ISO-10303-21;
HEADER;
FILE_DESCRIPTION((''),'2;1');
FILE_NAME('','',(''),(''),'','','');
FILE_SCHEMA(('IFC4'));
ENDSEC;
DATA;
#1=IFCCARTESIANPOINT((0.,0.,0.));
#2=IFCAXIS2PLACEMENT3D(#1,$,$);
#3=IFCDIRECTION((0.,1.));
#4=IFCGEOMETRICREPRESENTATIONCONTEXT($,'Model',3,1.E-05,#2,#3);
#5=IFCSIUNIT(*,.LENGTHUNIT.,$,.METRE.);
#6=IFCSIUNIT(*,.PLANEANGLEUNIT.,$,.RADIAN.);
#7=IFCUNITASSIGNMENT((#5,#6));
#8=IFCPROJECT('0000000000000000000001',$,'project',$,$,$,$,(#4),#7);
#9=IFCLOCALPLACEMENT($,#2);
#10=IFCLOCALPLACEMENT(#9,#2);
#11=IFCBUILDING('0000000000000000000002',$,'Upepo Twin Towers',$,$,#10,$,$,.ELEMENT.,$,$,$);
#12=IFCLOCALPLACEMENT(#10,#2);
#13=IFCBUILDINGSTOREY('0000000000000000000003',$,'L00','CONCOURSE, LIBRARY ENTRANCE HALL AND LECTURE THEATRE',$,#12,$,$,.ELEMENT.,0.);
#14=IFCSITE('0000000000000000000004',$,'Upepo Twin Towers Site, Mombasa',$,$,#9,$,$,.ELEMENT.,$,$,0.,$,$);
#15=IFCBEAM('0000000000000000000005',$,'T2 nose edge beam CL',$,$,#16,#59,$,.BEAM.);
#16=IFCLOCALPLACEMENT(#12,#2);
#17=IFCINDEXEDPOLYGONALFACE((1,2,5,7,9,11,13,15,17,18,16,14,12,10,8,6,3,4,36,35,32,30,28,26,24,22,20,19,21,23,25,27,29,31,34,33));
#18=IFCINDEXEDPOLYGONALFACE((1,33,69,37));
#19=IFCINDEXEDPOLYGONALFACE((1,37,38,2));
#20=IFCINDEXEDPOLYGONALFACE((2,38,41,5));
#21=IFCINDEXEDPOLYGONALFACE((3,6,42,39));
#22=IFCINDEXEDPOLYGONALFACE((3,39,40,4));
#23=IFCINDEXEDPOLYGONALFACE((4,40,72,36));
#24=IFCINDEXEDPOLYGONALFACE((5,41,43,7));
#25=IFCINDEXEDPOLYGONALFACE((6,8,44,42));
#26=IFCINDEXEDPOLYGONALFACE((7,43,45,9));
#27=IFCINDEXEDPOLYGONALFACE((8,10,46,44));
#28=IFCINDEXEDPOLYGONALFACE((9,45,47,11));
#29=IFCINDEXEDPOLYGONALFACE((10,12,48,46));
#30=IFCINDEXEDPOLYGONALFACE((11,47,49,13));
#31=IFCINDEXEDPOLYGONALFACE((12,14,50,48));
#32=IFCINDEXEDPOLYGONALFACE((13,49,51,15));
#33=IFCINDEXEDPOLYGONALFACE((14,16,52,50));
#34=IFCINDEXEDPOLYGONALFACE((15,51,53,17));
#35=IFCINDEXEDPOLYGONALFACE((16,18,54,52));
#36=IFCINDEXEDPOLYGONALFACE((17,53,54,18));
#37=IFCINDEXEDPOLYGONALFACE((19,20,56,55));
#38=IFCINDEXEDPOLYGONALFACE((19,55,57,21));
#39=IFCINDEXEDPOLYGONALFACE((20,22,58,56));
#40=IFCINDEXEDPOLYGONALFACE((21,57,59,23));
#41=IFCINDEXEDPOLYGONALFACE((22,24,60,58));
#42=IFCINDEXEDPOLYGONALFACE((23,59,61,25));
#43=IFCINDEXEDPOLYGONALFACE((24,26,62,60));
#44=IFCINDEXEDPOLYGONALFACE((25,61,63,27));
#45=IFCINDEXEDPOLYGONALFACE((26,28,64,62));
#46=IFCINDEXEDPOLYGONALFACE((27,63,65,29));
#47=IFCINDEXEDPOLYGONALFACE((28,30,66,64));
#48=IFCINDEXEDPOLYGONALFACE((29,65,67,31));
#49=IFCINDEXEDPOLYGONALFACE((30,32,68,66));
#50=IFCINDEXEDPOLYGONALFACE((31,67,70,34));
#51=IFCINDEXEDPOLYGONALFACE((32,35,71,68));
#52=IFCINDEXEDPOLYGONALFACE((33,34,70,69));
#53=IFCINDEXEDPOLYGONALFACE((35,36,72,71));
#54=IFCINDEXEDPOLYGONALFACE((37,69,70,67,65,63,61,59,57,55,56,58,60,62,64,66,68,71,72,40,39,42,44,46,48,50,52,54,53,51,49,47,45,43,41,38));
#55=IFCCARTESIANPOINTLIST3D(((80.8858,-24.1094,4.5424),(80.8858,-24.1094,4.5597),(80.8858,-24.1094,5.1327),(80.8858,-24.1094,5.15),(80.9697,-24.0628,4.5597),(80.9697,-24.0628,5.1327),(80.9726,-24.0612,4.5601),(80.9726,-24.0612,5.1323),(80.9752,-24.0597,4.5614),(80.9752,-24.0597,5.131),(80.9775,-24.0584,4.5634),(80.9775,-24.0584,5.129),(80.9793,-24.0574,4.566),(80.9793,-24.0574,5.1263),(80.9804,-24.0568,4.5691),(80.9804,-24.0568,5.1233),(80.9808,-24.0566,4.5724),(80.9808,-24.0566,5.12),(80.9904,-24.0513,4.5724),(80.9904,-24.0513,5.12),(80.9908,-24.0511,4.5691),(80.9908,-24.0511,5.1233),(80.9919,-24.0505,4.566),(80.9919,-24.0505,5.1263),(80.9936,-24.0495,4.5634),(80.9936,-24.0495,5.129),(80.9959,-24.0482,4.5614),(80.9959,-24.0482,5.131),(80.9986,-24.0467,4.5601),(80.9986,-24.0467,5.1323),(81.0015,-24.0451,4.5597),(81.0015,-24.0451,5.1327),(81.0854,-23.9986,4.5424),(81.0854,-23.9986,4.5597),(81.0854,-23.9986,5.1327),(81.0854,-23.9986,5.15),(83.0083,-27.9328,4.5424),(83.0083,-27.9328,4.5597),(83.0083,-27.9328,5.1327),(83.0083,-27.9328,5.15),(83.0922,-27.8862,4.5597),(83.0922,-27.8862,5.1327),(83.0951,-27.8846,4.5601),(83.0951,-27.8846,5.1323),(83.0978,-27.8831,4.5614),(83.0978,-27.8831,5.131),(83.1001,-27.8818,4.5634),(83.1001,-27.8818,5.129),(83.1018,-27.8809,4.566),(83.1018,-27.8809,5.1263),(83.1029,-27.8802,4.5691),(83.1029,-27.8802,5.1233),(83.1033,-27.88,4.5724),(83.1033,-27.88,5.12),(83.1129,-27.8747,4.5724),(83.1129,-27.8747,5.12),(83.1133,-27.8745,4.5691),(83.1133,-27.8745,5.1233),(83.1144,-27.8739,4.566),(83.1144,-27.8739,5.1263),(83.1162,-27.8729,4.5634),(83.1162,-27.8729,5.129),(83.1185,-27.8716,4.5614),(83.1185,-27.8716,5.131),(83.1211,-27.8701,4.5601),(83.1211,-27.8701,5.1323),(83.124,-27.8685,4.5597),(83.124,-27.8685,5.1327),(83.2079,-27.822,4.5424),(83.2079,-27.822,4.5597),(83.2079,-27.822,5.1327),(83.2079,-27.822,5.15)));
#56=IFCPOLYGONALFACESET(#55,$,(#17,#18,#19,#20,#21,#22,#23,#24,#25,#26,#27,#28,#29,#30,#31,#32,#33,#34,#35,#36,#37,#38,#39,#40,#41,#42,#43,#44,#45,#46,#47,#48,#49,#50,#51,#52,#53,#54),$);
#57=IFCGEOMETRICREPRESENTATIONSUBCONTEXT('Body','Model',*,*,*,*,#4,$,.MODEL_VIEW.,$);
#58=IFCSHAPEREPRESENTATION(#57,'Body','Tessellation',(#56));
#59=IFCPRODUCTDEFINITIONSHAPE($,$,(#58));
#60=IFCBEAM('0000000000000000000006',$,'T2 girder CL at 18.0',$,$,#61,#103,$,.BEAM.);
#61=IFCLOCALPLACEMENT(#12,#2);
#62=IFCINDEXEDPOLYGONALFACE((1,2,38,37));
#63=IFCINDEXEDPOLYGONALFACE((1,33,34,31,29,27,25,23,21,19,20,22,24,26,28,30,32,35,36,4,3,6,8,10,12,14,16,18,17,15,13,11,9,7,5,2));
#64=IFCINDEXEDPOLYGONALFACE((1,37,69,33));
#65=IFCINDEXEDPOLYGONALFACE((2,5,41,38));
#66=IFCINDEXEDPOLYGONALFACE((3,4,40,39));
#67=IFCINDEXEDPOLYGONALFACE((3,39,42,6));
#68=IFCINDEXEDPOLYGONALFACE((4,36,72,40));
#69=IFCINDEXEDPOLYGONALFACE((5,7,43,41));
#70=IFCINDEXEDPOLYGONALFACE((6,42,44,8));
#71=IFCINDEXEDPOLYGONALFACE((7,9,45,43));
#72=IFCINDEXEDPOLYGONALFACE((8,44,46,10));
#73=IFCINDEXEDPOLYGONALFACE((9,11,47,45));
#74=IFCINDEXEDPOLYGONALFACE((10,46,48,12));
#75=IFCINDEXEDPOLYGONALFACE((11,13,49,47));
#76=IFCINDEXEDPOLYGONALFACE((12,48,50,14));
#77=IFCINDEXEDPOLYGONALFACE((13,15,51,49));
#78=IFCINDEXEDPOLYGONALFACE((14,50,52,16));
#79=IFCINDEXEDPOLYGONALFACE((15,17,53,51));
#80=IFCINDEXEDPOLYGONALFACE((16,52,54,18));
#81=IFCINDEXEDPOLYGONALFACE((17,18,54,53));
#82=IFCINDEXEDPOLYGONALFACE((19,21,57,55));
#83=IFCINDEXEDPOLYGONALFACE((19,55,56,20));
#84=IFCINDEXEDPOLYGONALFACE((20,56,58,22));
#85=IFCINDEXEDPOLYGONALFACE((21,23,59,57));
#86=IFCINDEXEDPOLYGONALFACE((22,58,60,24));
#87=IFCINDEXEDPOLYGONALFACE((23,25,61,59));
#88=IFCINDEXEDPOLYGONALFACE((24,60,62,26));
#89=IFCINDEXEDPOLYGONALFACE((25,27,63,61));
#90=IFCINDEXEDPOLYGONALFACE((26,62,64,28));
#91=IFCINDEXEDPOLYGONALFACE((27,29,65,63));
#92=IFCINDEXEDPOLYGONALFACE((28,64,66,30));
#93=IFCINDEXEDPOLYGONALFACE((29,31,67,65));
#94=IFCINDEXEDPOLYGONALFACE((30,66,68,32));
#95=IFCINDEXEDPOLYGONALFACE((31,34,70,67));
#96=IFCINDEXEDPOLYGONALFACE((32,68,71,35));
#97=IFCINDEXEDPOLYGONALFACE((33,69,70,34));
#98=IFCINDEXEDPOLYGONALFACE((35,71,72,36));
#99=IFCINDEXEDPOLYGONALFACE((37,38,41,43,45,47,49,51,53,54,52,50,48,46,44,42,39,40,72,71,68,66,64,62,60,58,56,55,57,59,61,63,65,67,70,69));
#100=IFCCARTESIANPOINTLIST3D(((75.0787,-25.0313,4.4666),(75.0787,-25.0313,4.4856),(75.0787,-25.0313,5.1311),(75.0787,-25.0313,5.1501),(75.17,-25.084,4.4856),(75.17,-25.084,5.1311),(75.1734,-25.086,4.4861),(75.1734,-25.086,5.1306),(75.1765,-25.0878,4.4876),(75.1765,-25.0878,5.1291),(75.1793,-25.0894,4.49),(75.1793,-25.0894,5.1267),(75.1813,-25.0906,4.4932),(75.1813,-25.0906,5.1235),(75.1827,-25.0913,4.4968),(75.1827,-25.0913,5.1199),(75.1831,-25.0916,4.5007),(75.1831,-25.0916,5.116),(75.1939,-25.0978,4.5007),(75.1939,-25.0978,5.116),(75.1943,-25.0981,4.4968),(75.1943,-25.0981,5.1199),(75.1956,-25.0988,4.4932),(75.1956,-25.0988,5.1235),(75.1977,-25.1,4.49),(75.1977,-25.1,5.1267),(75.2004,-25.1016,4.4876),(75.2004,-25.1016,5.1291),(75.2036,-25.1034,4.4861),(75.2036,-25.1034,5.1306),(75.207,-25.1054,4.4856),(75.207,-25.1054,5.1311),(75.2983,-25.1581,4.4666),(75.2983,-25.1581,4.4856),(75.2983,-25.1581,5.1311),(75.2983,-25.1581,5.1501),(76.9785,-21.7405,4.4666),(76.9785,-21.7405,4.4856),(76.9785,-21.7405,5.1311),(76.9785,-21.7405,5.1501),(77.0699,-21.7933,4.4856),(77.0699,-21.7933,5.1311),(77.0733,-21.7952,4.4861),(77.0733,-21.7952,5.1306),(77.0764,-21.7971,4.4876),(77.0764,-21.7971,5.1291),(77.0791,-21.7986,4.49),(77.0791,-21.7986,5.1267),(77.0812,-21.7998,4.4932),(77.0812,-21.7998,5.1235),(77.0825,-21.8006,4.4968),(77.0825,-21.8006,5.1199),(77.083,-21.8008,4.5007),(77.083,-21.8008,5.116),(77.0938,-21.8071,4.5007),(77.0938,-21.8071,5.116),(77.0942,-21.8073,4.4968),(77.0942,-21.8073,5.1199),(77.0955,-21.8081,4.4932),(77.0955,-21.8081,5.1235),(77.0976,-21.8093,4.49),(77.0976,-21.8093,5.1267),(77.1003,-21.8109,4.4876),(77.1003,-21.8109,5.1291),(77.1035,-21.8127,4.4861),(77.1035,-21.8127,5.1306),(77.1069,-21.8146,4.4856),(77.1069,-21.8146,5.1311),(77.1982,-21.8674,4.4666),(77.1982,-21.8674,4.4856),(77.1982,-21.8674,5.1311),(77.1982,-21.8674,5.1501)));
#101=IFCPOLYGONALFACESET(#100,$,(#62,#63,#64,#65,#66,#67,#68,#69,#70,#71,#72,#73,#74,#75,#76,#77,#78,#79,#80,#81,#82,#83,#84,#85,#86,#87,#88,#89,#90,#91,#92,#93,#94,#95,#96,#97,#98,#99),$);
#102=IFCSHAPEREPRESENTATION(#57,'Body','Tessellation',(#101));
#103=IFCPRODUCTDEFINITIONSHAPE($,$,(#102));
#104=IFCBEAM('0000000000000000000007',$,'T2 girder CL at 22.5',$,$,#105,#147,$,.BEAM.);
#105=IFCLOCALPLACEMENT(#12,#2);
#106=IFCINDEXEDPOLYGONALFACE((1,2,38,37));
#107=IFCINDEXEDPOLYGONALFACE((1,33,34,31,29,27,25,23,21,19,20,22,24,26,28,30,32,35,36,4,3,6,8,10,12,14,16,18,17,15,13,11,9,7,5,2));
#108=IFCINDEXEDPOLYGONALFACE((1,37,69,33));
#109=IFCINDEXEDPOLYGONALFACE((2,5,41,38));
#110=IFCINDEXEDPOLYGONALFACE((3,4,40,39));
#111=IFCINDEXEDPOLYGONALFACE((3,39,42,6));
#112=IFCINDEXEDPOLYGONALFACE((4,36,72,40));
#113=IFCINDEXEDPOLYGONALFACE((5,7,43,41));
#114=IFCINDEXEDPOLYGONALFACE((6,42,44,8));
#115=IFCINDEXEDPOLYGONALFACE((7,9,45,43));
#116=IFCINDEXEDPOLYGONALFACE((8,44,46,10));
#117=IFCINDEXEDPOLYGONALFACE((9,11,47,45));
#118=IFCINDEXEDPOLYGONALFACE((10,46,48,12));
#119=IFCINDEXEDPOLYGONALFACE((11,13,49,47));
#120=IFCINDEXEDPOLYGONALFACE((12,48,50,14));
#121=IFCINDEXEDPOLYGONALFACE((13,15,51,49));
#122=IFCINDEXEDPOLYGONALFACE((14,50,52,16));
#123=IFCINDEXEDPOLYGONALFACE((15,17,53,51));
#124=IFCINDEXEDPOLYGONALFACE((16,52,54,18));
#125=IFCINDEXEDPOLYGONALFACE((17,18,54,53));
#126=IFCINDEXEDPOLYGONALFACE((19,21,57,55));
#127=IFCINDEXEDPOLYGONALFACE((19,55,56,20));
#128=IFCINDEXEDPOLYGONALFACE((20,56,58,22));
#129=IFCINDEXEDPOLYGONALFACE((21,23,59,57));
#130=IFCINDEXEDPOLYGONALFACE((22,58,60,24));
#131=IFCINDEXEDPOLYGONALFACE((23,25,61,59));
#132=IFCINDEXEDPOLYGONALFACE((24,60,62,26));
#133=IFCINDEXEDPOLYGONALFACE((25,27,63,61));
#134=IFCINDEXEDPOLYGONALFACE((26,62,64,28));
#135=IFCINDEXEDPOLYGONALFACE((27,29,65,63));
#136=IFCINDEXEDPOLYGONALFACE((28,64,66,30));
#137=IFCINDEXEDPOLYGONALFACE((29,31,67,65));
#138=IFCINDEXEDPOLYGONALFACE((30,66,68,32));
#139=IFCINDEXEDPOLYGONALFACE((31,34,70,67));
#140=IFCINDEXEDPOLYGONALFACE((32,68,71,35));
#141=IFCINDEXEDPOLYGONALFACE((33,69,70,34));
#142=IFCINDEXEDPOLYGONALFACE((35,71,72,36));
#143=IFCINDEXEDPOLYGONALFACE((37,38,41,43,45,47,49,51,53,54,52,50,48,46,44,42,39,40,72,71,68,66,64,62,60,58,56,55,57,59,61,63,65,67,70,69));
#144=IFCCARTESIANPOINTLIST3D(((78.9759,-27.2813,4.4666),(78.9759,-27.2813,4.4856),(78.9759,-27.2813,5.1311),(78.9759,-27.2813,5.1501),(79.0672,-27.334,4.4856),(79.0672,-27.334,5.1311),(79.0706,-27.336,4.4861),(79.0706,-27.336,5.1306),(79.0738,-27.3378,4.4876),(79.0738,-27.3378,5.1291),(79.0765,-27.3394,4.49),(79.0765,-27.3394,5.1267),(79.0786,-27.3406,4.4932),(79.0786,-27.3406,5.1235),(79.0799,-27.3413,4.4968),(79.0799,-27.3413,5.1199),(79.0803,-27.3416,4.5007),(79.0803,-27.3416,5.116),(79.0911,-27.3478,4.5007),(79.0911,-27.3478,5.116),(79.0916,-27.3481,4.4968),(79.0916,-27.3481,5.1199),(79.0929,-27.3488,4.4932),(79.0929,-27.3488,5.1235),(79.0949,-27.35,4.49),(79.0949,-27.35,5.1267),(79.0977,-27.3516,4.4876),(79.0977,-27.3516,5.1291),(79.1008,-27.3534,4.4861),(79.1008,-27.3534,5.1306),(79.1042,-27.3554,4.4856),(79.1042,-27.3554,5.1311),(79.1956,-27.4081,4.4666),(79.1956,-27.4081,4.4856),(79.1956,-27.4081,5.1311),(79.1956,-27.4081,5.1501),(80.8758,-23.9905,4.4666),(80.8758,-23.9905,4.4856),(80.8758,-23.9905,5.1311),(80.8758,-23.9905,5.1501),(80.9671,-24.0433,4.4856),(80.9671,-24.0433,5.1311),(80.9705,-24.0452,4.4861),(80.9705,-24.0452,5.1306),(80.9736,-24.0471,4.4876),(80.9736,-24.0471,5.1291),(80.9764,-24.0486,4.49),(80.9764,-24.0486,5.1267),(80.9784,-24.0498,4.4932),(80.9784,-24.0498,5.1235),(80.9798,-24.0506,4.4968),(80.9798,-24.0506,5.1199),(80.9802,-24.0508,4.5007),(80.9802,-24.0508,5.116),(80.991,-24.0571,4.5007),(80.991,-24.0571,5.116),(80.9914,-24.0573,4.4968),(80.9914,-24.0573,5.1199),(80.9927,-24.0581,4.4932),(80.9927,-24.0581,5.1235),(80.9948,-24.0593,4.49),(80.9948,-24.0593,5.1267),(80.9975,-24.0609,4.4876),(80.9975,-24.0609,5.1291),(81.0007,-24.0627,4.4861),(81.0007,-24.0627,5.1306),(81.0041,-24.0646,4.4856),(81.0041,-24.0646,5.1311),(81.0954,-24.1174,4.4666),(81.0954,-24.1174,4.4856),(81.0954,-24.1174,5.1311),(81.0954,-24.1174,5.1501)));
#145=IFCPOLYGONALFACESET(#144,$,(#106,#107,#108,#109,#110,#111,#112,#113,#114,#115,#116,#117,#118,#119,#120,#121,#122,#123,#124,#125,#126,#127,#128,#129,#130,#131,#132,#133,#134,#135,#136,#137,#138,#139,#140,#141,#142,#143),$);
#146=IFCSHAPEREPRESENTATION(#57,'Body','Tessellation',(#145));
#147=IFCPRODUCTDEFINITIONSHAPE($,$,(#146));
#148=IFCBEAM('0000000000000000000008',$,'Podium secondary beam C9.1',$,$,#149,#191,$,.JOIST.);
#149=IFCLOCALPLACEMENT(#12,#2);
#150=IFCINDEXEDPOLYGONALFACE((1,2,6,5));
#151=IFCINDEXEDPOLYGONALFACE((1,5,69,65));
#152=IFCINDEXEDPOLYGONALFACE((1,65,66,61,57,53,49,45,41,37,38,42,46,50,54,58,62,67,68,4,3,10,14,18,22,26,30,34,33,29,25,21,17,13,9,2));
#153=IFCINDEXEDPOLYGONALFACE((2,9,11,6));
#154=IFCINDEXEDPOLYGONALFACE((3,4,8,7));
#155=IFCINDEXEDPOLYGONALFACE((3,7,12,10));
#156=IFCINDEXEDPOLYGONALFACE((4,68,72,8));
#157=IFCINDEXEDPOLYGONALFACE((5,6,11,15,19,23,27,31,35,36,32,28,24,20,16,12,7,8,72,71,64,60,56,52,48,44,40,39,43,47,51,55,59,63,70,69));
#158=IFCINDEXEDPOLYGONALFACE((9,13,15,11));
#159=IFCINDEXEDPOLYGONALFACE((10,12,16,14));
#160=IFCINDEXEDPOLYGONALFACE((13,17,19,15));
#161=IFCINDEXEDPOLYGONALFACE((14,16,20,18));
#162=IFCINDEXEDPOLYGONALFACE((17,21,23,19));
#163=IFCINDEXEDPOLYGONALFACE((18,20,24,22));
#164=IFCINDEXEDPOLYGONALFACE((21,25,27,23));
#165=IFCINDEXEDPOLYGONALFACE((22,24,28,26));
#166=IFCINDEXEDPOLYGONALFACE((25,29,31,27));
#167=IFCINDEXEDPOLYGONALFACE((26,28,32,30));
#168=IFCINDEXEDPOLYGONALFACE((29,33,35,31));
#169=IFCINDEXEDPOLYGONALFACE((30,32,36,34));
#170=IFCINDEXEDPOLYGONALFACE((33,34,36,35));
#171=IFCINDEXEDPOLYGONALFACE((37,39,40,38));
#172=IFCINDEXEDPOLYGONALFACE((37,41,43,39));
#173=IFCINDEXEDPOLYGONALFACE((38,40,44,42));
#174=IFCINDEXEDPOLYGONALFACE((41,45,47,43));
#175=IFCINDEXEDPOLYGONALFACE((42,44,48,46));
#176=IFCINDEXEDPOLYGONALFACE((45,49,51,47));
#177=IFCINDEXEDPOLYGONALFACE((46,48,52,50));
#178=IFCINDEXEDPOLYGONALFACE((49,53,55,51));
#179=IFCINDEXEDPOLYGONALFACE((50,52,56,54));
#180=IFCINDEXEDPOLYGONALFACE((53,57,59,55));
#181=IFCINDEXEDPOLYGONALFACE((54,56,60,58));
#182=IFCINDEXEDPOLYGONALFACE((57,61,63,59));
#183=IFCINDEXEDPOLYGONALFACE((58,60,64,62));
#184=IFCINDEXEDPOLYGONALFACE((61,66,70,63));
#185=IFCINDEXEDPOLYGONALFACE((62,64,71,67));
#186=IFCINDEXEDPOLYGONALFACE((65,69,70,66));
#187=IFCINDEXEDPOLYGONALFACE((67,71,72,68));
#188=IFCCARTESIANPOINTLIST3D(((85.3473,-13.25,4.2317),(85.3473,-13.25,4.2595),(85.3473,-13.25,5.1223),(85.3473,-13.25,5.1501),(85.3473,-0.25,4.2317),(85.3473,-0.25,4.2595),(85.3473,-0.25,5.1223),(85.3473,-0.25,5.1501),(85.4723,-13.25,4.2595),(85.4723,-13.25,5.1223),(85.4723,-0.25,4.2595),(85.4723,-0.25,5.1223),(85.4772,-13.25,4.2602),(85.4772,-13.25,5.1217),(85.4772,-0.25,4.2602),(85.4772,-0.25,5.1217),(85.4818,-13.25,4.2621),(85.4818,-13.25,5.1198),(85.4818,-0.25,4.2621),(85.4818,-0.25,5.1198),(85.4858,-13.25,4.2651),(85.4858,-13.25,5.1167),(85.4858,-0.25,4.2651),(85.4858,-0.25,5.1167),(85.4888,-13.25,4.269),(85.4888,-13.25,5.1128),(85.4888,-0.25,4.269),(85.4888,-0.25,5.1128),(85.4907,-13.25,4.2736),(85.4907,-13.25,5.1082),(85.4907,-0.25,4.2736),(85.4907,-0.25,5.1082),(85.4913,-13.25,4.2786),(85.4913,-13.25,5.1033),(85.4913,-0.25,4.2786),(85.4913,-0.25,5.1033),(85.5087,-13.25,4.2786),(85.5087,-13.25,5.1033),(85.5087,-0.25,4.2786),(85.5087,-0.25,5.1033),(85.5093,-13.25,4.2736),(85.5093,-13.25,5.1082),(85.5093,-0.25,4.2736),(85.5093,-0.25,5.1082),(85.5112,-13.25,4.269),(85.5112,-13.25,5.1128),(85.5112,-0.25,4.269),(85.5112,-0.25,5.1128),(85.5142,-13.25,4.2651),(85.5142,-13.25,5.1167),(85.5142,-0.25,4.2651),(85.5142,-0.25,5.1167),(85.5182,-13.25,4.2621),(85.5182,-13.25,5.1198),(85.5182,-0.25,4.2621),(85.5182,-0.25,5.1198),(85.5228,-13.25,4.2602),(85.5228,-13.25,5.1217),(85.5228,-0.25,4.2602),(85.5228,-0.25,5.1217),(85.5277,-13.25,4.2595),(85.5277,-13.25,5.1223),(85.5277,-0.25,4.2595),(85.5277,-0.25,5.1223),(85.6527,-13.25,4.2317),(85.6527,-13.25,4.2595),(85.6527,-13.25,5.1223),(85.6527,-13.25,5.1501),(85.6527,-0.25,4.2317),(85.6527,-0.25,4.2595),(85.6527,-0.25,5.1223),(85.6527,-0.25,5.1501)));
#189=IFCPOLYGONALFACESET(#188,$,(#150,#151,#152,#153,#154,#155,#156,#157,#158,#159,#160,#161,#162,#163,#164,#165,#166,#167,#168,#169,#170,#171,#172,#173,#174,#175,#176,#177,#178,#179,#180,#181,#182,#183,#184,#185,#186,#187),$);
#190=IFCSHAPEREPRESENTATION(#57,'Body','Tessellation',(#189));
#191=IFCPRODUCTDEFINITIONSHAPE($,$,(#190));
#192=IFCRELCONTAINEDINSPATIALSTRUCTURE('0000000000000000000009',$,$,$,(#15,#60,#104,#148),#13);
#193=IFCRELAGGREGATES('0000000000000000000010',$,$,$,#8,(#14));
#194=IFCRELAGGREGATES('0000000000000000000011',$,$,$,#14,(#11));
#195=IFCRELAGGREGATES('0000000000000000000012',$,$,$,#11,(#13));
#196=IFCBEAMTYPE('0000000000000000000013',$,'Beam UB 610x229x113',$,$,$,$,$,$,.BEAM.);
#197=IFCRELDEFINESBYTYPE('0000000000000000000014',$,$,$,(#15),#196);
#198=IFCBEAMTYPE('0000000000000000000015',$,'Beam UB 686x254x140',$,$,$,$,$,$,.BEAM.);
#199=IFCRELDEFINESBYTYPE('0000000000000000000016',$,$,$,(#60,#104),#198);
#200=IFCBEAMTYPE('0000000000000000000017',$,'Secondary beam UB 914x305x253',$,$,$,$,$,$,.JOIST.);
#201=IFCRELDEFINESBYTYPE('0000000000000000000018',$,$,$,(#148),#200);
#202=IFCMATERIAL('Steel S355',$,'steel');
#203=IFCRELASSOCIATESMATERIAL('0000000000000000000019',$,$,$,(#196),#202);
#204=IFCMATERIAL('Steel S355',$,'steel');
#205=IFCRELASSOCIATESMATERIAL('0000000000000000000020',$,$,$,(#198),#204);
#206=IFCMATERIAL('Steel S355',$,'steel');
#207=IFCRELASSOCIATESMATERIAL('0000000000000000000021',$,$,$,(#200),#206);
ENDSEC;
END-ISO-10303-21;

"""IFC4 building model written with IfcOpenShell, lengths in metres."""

from ifc_helpers import new_model, si_unit, direction, frame, origin, origin_2d, place, context, subcontext, project, spatial, i_section, extrude, material, material_profile, profile_set, type_object, element, save


model = new_model("IFC4")

# Units and contexts
model_context = context("Model", 3, precision=1e-05, world=origin(), true_north=direction((0.0, 1.0)))
body_context = subcontext(model_context, "Body", "Model", "MODEL_VIEW")
ifc_project = project(units=[si_unit("LENGTHUNIT", "METRE"), si_unit("PLANEANGLEUNIT", "RADIAN")], contexts=[model_context])

# Site, building, storey
site_placement = place(None, origin())
site = spatial("IfcSite", under=ifc_project, at=site_placement, Name="Upepo Twin Towers Site, Mombasa", CompositionType="ELEMENT", RefElevation=0.0)
building_placement = place(site_placement, origin())
building = spatial("IfcBuilding", under=site, at=building_placement, Name="Upepo Twin Towers", CompositionType="ELEMENT")
storey_placement = place(building_placement, origin())
storey = spatial("IfcBuildingStorey", under=building, at=storey_placement, Name="L00", Description="CONCOURSE, LIBRARY ENTRANCE HALL AND LECTURE THEATRE", CompositionType="ELEMENT", Elevation=0.0)

# Beams
ifc_material_1 = material(Name="Steel S355", Category="steel")
ifc_material_profile_1 = material_profile(ifc_material_1, i_section(OverallWidth=0.2283, OverallDepth=0.6077, WebThickness=0.011, FlangeThickness=0.0173, FilletRadius=0.0127, at=origin_2d()), Name="UB 610x229x113")
ifc_profile_set_1 = profile_set([ifc_material_profile_1], Name="Steel S355")
beam_type_1 = type_object("IfcBeamType", Name="Beam UB 610x229x113", PredefinedType="BEAM", material=ifc_profile_set_1)
beam_1_placement = place(storey_placement, frame((80.9856, -24.054, 4.8462), z_axis=(0.485363, -0.874313, 0.0), x_axis=(0.874313, 0.485363, 0.0)))
element("IfcBeam", 1, at=beam_1_placement, inside=storey, type_object=beam_type_1, Name="T2 nose edge beam CL", PredefinedType="BEAM", context=body_context, shape_type="SweptSolid", body=[
    extrude(i_section(OverallWidth=0.2283, OverallDepth=0.6077, WebThickness=0.011, FlangeThickness=0.0173, FilletRadius=0.0127, at=origin_2d()), origin(), (0.0, 0.0, 1.0), 4.373),
])
ifc_material_2 = material(Name="Steel S355", Category="steel")
ifc_material_profile_2 = material_profile(ifc_material_2, i_section(OverallWidth=0.2537, OverallDepth=0.6836, WebThickness=0.0125, FlangeThickness=0.019, FilletRadius=0.0151, at=origin_2d()), Name="UB 686x254x140")
ifc_profile_set_2 = profile_set([ifc_material_profile_2], Name="Steel S355")
beam_type_2 = type_object("IfcBeamType", Name="Beam UB 686x254x140", PredefinedType="BEAM", material=ifc_profile_set_2)
for number, where, z_axis, x_axis, name in (
    (2, (77.0884, -21.804, 4.8083), (-0.499995, -0.866028, 0.0), (0.866028, -0.499995, 0.0), "T2 girder CL at 18.0"),
    (3, (80.9856, -24.054, 4.8083), (-0.499995, -0.866028, 0.0), (0.866028, -0.499995, 0.0), "T2 girder CL at 22.5"),
):
    element("IfcBeam", number, at=place(storey_placement, frame(where, z_axis=z_axis, x_axis=x_axis)), inside=storey, type_object=beam_type_2, Name=name, PredefinedType="BEAM", context=body_context, shape_type="SweptSolid", body=[
        extrude(i_section(OverallWidth=0.2537, OverallDepth=0.6836, WebThickness=0.0125, FlangeThickness=0.019, FilletRadius=0.0151, at=origin_2d()), origin(), (0.0, 0.0, 1.0), 3.7998),
    ])
ifc_material_3 = material(Name="Steel S355", Category="steel")
ifc_material_profile_3 = material_profile(ifc_material_3, i_section(OverallWidth=0.3054, OverallDepth=0.9185, WebThickness=0.0173, FlangeThickness=0.0278, FilletRadius=0.019, at=origin_2d()), Name="UB 914x305x253")
ifc_profile_set_3 = profile_set([ifc_material_profile_3], Name="Steel S355")
beam_type_3 = type_object("IfcBeamType", Name="Secondary beam UB 914x305x253", PredefinedType="JOIST", material=ifc_profile_set_3)
for number, where, z_axis, x_axis, name in (
    (4, (85.5, -13.25, 4.6909), (0.0, 1.0, 0.0), (-1.0, 0.0, 0.0), "Podium secondary beam C9.1"),
):
    element("IfcBeam", number, at=place(storey_placement, frame(where, z_axis=z_axis, x_axis=x_axis)), inside=storey, type_object=beam_type_3, Name=name, PredefinedType="JOIST", context=body_context, shape_type="SweptSolid", body=[
        extrude(i_section(OverallWidth=0.3054, OverallDepth=0.9185, WebThickness=0.0173, FlangeThickness=0.0278, FilletRadius=0.019, at=origin_2d()), origin(), (0.0, 0.0, 1.0), 13.0),
    ])

save(model, "model.ifc")
